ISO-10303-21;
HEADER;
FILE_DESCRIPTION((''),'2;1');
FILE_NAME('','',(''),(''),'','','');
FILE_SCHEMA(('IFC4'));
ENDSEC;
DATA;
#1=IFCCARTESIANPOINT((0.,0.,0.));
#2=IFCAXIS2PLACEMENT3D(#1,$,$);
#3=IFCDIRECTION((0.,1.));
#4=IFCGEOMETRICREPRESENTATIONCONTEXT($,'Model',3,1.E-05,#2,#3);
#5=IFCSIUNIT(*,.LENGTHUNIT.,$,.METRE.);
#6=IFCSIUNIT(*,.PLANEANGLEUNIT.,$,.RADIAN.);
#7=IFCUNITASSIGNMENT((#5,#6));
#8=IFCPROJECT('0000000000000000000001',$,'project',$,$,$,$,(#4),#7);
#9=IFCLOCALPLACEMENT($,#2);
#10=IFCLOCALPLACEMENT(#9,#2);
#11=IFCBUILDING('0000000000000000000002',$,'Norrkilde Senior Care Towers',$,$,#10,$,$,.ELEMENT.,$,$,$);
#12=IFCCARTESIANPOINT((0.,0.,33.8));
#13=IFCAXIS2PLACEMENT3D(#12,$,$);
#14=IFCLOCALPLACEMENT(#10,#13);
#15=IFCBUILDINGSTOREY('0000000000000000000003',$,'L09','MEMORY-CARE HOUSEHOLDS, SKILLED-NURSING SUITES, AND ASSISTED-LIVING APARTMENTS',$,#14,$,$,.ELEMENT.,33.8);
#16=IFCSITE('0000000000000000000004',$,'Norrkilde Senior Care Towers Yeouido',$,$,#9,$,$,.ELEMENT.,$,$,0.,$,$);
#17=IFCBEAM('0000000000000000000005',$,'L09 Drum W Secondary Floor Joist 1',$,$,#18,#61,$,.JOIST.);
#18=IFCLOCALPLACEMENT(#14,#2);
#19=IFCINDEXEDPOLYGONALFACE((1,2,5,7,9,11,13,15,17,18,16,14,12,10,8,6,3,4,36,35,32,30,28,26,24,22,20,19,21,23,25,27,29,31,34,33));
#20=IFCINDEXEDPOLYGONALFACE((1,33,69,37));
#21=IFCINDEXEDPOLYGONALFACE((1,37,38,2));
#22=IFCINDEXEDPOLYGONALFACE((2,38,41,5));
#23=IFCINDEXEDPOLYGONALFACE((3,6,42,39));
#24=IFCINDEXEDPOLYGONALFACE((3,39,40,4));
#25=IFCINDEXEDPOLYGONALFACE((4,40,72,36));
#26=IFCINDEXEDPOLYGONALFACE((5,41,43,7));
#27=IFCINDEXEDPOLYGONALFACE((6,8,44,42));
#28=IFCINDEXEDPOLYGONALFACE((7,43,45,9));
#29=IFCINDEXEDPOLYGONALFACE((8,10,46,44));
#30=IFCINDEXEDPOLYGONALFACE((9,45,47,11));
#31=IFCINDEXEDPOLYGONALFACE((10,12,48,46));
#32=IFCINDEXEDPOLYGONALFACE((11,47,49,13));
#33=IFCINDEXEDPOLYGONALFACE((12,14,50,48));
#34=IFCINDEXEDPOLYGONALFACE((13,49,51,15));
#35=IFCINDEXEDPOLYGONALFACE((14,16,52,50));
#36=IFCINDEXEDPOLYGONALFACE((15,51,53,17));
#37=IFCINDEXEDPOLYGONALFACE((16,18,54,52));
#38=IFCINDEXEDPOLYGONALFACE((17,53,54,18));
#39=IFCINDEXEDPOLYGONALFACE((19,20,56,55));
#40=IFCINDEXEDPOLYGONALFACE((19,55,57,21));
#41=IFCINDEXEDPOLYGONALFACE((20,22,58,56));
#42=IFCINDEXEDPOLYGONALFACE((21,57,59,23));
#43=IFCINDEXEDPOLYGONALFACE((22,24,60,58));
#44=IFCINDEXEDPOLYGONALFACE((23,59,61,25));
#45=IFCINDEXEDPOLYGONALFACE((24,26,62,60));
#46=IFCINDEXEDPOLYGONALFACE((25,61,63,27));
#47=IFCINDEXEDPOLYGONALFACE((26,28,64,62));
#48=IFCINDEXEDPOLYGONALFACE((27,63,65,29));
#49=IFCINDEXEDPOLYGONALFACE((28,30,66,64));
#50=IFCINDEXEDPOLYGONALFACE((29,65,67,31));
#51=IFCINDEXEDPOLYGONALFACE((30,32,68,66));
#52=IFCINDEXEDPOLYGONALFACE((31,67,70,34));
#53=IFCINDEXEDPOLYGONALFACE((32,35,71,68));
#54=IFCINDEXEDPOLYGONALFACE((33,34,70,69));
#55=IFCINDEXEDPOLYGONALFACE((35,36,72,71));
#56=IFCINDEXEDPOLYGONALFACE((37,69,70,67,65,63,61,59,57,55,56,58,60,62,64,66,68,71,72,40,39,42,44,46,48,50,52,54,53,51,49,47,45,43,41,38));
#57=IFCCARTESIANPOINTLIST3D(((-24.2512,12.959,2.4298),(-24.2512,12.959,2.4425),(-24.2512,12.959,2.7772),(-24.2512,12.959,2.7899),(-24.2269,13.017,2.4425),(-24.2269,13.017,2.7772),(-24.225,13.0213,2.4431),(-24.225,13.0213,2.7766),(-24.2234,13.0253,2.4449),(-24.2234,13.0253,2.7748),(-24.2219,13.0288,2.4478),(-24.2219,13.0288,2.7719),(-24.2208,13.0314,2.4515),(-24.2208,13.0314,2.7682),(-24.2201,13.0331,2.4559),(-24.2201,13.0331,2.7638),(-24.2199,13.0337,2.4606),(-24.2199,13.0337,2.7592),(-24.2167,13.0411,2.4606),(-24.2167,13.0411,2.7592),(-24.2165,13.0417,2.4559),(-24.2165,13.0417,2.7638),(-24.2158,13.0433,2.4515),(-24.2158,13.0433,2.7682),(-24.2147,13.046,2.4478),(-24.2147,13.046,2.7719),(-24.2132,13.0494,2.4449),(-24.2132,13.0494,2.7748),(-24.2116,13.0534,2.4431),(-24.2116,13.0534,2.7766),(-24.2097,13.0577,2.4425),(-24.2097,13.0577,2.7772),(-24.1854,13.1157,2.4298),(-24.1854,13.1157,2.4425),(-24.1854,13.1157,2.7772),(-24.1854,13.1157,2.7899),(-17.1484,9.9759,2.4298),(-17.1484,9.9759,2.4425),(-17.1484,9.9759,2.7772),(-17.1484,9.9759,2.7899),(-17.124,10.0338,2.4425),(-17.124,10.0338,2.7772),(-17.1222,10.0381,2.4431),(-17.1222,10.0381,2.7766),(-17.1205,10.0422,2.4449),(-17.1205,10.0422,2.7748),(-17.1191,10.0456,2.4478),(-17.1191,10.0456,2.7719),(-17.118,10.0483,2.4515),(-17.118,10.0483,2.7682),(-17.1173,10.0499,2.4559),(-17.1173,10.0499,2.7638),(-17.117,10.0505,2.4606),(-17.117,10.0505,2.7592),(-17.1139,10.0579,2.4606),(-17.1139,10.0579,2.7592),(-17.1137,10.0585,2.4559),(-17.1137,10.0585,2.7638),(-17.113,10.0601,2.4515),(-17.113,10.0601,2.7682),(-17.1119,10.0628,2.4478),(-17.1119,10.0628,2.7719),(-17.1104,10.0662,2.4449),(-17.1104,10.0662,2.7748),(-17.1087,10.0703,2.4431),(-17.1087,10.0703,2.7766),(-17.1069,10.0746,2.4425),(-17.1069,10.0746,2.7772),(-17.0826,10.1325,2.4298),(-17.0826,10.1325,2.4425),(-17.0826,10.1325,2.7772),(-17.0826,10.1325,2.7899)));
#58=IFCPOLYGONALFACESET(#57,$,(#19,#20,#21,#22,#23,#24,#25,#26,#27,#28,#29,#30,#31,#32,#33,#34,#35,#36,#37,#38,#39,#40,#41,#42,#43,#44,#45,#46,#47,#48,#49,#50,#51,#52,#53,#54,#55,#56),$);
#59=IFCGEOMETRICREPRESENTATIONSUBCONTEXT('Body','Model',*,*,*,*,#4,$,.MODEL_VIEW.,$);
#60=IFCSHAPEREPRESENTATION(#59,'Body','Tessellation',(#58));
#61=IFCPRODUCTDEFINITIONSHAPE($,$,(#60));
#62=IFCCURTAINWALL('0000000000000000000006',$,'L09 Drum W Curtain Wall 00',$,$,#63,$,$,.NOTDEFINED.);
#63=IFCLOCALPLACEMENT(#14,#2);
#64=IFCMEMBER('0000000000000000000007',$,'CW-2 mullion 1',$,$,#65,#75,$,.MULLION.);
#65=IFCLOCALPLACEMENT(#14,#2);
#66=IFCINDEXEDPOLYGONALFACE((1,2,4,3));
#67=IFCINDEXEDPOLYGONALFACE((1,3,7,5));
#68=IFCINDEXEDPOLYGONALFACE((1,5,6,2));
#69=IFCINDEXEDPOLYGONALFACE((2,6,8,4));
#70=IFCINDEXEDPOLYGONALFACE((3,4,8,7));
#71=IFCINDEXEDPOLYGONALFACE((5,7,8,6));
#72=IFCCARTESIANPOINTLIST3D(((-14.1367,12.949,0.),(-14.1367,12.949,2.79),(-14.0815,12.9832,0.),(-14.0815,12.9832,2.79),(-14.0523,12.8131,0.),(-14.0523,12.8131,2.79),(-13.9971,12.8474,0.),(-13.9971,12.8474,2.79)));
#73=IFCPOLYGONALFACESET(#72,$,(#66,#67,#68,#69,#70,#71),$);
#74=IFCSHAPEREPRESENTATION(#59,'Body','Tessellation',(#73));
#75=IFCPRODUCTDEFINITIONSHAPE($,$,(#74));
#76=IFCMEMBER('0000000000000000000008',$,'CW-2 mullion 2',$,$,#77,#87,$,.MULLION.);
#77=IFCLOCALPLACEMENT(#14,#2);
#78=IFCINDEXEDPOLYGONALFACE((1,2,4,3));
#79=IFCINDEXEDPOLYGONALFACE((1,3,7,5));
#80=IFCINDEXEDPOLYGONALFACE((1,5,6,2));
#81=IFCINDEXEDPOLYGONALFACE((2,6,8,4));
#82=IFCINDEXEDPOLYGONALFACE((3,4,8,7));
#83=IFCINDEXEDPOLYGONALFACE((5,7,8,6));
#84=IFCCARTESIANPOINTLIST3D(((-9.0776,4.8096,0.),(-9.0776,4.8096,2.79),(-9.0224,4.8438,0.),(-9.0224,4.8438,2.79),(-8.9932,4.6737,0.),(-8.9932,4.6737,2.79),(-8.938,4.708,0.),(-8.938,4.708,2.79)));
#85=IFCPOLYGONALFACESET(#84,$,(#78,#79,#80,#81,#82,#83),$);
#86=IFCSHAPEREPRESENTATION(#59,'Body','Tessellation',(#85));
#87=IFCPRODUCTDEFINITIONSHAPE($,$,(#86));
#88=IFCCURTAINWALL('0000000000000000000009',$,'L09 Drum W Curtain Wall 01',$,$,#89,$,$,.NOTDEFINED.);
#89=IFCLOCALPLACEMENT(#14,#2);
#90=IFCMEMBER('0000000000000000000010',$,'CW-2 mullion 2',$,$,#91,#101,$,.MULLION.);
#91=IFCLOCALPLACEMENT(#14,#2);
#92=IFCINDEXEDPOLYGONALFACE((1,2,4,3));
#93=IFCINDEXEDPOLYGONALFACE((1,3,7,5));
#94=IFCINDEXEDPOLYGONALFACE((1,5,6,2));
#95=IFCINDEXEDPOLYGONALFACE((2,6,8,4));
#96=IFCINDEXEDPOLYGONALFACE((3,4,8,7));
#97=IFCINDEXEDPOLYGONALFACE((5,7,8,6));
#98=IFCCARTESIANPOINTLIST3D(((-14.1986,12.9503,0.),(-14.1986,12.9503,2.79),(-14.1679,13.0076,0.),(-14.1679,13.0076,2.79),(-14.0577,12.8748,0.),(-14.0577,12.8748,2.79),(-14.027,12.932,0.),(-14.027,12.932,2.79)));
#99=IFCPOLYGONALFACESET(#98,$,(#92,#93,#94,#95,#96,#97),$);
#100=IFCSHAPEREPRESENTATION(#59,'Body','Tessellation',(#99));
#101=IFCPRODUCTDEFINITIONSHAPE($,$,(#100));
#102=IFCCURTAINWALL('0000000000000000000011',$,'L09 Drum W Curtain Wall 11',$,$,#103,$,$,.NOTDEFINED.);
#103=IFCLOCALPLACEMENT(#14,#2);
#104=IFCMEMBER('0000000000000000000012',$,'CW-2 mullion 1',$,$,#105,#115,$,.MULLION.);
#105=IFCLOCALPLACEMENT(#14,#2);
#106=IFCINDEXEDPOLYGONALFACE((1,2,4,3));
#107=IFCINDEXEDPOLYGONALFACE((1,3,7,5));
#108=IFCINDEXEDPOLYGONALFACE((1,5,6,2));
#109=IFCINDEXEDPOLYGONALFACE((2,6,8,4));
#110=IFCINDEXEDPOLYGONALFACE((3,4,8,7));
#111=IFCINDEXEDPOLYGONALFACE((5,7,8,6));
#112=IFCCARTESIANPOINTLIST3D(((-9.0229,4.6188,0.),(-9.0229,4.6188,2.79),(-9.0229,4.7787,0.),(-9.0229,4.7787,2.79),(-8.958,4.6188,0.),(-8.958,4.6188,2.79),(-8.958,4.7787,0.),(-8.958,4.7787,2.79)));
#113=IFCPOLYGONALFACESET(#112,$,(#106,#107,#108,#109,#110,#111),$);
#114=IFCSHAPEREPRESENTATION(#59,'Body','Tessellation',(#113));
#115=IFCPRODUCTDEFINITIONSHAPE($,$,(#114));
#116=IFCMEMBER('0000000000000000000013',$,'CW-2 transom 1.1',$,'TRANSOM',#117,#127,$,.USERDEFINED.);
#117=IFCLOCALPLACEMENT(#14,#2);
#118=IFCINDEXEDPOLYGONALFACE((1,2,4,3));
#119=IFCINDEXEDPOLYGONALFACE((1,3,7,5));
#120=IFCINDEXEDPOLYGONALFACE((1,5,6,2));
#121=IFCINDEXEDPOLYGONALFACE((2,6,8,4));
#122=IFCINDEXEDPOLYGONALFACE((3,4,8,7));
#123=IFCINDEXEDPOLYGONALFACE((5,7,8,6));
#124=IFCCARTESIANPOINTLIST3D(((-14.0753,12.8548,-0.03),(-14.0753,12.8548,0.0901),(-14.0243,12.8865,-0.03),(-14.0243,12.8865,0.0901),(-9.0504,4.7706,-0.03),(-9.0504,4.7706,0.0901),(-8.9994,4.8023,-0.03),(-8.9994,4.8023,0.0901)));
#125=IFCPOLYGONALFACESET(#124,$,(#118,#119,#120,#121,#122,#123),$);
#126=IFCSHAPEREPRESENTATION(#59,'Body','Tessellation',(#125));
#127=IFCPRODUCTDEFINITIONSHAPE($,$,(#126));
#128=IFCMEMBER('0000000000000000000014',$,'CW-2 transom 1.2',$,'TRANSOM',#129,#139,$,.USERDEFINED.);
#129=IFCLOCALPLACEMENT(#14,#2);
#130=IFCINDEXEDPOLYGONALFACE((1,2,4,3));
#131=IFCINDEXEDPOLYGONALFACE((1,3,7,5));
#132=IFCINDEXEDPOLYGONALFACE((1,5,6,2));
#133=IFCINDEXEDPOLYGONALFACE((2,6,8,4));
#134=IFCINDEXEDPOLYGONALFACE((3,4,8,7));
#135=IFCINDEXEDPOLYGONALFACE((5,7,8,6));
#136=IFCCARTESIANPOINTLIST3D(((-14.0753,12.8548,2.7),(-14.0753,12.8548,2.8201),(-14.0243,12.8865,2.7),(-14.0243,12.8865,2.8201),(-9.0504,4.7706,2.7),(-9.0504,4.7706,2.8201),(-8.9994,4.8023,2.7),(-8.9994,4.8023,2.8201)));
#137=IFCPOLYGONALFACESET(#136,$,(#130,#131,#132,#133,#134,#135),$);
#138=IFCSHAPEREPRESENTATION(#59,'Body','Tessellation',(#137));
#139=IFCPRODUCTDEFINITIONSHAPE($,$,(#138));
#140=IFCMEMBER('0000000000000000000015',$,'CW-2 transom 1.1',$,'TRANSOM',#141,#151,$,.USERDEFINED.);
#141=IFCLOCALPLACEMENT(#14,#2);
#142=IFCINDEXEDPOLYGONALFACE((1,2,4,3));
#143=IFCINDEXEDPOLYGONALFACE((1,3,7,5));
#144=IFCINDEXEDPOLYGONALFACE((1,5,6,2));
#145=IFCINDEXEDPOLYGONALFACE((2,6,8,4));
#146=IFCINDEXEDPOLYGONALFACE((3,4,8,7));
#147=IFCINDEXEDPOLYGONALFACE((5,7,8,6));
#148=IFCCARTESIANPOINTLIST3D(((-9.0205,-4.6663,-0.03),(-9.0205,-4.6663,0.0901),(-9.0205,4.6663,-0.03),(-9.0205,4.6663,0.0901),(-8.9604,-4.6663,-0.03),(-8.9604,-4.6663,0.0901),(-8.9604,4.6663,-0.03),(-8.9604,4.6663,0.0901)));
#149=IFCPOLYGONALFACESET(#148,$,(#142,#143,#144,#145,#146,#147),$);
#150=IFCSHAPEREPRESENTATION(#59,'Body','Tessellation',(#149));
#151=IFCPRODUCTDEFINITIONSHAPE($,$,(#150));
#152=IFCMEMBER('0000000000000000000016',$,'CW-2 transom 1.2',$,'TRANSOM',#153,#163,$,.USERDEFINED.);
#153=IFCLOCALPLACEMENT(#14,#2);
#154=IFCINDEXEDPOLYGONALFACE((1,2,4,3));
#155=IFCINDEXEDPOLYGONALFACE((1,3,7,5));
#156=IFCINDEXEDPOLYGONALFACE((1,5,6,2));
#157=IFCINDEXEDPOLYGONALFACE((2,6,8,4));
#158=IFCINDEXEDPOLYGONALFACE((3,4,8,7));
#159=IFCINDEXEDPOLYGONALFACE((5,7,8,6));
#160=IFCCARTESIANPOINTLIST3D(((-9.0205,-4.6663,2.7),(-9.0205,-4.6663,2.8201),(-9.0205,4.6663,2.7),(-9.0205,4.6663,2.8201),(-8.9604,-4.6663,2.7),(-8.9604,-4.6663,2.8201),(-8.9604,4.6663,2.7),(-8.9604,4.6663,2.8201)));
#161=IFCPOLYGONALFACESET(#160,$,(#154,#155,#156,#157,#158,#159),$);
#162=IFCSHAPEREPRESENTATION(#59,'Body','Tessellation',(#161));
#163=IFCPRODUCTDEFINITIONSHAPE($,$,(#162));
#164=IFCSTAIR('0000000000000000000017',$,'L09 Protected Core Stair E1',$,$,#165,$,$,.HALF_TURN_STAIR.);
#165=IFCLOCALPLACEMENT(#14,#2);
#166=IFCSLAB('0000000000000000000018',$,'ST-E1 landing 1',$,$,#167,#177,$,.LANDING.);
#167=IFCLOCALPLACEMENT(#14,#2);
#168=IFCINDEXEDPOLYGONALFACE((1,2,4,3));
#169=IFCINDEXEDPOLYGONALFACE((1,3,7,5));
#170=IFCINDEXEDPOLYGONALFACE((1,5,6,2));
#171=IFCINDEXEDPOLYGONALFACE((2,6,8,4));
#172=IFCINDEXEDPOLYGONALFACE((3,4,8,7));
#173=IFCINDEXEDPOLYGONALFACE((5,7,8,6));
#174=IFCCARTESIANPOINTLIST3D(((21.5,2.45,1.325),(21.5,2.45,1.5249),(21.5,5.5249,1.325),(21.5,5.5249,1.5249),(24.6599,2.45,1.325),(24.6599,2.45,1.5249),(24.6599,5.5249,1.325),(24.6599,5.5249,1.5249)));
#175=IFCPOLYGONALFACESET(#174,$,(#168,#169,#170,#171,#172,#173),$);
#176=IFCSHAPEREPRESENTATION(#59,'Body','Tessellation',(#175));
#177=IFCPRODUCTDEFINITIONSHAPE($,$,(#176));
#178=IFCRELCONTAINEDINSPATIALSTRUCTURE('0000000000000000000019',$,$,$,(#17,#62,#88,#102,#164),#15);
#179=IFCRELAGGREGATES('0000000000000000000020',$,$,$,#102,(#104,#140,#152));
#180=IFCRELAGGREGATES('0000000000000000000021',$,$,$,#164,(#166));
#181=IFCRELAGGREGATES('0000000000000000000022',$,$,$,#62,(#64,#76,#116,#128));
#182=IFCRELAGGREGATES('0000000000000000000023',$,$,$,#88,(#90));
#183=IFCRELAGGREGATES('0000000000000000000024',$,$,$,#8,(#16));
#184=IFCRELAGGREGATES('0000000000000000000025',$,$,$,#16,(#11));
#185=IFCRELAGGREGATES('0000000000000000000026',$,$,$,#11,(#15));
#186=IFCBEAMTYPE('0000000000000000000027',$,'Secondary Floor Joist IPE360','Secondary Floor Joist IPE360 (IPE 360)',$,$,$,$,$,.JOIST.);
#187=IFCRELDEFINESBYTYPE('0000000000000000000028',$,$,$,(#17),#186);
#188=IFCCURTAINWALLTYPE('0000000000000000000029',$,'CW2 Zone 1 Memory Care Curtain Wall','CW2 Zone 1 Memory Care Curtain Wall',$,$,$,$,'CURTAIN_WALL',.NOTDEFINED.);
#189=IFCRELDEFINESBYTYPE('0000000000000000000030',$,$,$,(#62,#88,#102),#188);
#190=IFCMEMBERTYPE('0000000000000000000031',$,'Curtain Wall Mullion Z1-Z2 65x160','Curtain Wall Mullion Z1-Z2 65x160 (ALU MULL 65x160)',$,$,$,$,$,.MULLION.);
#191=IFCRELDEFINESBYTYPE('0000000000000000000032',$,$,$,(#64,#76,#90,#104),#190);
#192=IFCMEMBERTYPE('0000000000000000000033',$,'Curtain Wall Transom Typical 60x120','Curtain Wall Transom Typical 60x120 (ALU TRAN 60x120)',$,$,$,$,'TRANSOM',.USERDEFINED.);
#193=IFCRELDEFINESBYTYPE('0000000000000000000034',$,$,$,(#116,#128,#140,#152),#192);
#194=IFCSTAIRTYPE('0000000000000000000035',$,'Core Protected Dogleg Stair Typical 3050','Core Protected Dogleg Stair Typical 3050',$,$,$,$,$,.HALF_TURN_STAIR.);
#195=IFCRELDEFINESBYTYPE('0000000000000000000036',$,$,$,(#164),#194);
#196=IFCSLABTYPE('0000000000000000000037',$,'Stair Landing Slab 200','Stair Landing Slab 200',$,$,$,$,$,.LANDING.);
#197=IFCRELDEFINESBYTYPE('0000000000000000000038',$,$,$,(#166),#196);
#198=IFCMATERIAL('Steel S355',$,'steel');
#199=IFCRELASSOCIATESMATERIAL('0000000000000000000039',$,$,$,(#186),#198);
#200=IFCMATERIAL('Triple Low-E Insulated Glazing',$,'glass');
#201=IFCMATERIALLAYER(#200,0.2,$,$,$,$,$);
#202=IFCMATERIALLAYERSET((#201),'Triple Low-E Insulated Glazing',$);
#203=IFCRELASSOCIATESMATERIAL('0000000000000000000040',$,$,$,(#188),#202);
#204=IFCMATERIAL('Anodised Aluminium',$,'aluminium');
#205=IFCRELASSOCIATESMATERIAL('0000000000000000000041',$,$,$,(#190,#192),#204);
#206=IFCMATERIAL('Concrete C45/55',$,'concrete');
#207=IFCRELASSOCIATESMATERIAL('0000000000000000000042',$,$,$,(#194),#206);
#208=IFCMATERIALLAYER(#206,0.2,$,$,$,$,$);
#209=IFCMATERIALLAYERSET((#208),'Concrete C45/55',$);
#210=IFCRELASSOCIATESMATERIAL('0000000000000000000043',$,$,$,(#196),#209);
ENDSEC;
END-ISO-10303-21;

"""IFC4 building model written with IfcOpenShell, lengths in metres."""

from ifc_helpers import new_model, si_unit, direction, frame, origin, origin_2d, place, context, subcontext, project, spatial, polyline, rectangle, i_section, outline, extrude, source, transform, mapped, material, layer, layer_set, material_profile, profile_set, type_object, type_shapes, element, aggregate, save


model = new_model("IFC4")

# Units and contexts
model_context = context("Model", 3, precision=1e-05, world=origin(), true_north=direction((0.0, 1.0)))
body_context = subcontext(model_context, "Body", "Model", "MODEL_VIEW")
ifc_project = project(units=[si_unit("LENGTHUNIT", "METRE"), si_unit("PLANEANGLEUNIT", "RADIAN")], contexts=[model_context])

# Site, building, storey
site_placement = place(None, origin())
site = spatial("IfcSite", under=ifc_project, at=site_placement, Name="Norrkilde Senior Care Towers Yeouido", CompositionType="ELEMENT", RefElevation=0.0)
building_placement = place(site_placement, origin())
building = spatial("IfcBuilding", under=site, at=building_placement, Name="Norrkilde Senior Care Towers", CompositionType="ELEMENT")
storey_placement = place(building_placement, frame((0.0, 0.0, 33.8)))
storey = spatial("IfcBuildingStorey", under=building, at=storey_placement, Name="L09", Description="MEMORY-CARE HOUSEHOLDS, SKILLED-NURSING SUITES, AND ASSISTED-LIVING APARTMENTS", CompositionType="ELEMENT", Elevation=33.8)

# Beam
ifc_material_1 = material(Name="Steel S355", Category="steel")
ifc_material_profile_1 = material_profile(ifc_material_1, i_section(OverallWidth=0.1699, OverallDepth=0.3601, WebThickness=0.0081, FlangeThickness=0.0127, FilletRadius=0.0181, at=origin_2d()), Name="IPE 360")
ifc_profile_set_1 = profile_set([ifc_material_profile_1], Name="Steel S355")
beam_type_1 = type_object("IfcBeamType", Name="Secondary Floor Joist IPE360", Description="Secondary Floor Joist IPE360 (IPE 360)", PredefinedType="JOIST", material=ifc_profile_set_1)
shared_shape_1 = source(origin(), body_context, "Body", "SweptSolid", [
    extrude(i_section(OverallWidth=0.1699, OverallDepth=0.3601, WebThickness=0.0081, FlangeThickness=0.0127, FilletRadius=0.0181, at=origin_2d()), origin(), (0.0, 0.0, 1.0), 7.7039),
])
type_shapes(beam_type_1, [shared_shape_1])
beam_1_placement = place(storey_placement, frame((-17.1155, 10.0542, 2.6099), z_axis=(-0.921983, 0.387231, 0.0), x_axis=(-0.387231, -0.921983, 0.0)))
element("IfcBeam", 1, at=beam_1_placement, inside=storey, type_object=beam_type_1, Name="L09 Drum W Secondary Floor Joist 1", PredefinedType="JOIST", context=body_context, shape_type="MappedRepresentation", body=[
    mapped(shared_shape_1, transform((0.0, 0.0, 0.0), x_axis=(1.0, 0.0, 0.0), y_axis=(0.0, 1.0, 0.0), z_axis=(0.0, 0.0, 1.0), scale=1.0)),
])

# Curtain wall, members
ifc_material_2 = material(Name="Triple Low-E Insulated Glazing", Category="glass")
ifc_layer_1 = layer(ifc_material_2, 0.2)
ifc_layer_set_1 = layer_set([ifc_layer_1], Name="Triple Low-E Insulated Glazing")
curtain_wall_type = type_object("IfcCurtainWallType", Name="CW2 Zone 1 Memory Care Curtain Wall", Description="CW2 Zone 1 Memory Care Curtain Wall", ElementType="CURTAIN_WALL", PredefinedType="NOTDEFINED", material=ifc_layer_set_1)
curtain_wall_1_placement = place(storey_placement, origin())
curtain_wall_1 = element("IfcCurtainWall", 2, at=curtain_wall_1_placement, inside=storey, type_object=curtain_wall_type, Name="L09 Drum W Curtain Wall 00", PredefinedType="NOTDEFINED")
ifc_material_3 = material(Name="Anodised Aluminium", Category="aluminium")
ifc_material_profile_2 = material_profile(ifc_material_3, rectangle(XDim=0.0649, YDim=0.1599, at=origin_2d()), Name="ALU MULL 65x160")
ifc_profile_set_2 = profile_set([ifc_material_profile_2], Name="Anodised Aluminium")
member_type_1 = type_object("IfcMemberType", Name="Curtain Wall Mullion Z1-Z2 65x160", Description="Curtain Wall Mullion Z1-Z2 65x160 (ALU MULL 65x160)", PredefinedType="MULLION", material=ifc_profile_set_2)
shared_shape_2 = source(origin(), body_context, "Body", "SweptSolid", [
    extrude(rectangle(XDim=0.0649, YDim=0.1599, at=origin_2d()), origin(), (0.0, 0.0, 1.0), 2.79),
])
type_shapes(member_type_1, [shared_shape_2])
member_1_placement = place(storey_placement, frame((-14.0669, 12.8982, 0.0), z_axis=(0.0, 0.0, 1.0), x_axis=(0.849306, 0.527901, 0.0)))
member_1 = element("IfcMember", 3, at=member_1_placement, type_object=member_type_1, Name="CW-2 mullion 1", PredefinedType="MULLION", context=body_context, shape_type="MappedRepresentation", body=[
    mapped(shared_shape_2, transform((0.0, 0.0, 0.0), x_axis=(1.0, 0.0, 0.0), y_axis=(0.0, 1.0, 0.0), z_axis=(0.0, 0.0, 1.0), scale=1.0)),
])
member_2_placement = place(storey_placement, frame((-9.0078, 4.7588, 0.0), z_axis=(0.0, 0.0, 1.0), x_axis=(0.849306, 0.527901, 0.0)))
member_2 = element("IfcMember", 4, at=member_2_placement, type_object=member_type_1, Name="CW-2 mullion 2", PredefinedType="MULLION", context=body_context, shape_type="MappedRepresentation", body=[
    mapped(shared_shape_2, transform((0.0, 0.0, 0.0), x_axis=(1.0, 0.0, 0.0), y_axis=(0.0, 1.0, 0.0), z_axis=(0.0, 0.0, 1.0), scale=1.0)),
])

# Curtain walls, members
curtain_wall_2_placement = place(storey_placement, origin())
curtain_wall_2 = element("IfcCurtainWall", 5, at=curtain_wall_2_placement, inside=storey, type_object=curtain_wall_type, Name="L09 Drum W Curtain Wall 01", PredefinedType="NOTDEFINED")
member_3_placement = place(storey_placement, frame((-14.1128, 12.9412, 0.0), z_axis=(0.0, 0.0, 1.0), x_axis=(0.472608, 0.881273, 0.0)))
member_3 = element("IfcMember", 6, at=member_3_placement, type_object=member_type_1, Name="CW-2 mullion 2", PredefinedType="MULLION", context=body_context, shape_type="MappedRepresentation", body=[
    mapped(shared_shape_2, transform((0.0, 0.0, 0.0), x_axis=(1.0, 0.0, 0.0), y_axis=(0.0, 1.0, 0.0), z_axis=(0.0, 0.0, 1.0), scale=1.0)),
])
curtain_wall_3_placement = place(storey_placement, origin())
curtain_wall_3 = element("IfcCurtainWall", 7, at=curtain_wall_3_placement, inside=storey, type_object=curtain_wall_type, Name="L09 Drum W Curtain Wall 11", PredefinedType="NOTDEFINED")
member_4_placement = place(storey_placement, frame((-8.9905, 4.6987, 0.0), z_axis=(0.0, 0.0, 1.0), x_axis=(1.0, 0.0, 0.0)))
member_4 = element("IfcMember", 8, at=member_4_placement, type_object=member_type_1, Name="CW-2 mullion 1", PredefinedType="MULLION", context=body_context, shape_type="MappedRepresentation", body=[
    mapped(shared_shape_2, transform((0.0, 0.0, 0.0), x_axis=(1.0, 0.0, 0.0), y_axis=(0.0, 1.0, 0.0), z_axis=(0.0, 0.0, 1.0), scale=1.0)),
])

# Members
ifc_material_profile_3 = material_profile(ifc_material_3, rectangle(XDim=0.0601, YDim=0.1201, at=origin_2d()), Name="ALU TRAN 60x120")
ifc_profile_set_3 = profile_set([ifc_material_profile_3], Name="Anodised Aluminium")
member_type_2 = type_object("IfcMemberType", Name="Curtain Wall Transom Typical 60x120", Description="Curtain Wall Transom Typical 60x120 (ALU TRAN 60x120)", ElementType="TRANSOM", PredefinedType="USERDEFINED", material=ifc_profile_set_3)
shared_shape_3 = source(origin(), body_context, "Body", "SweptSolid", [
    extrude(rectangle(XDim=0.0601, YDim=0.1201, at=origin_2d()), origin(), (0.0, 0.0, 1.0), 9.5186),
])
member_5_placement = place(storey_placement, frame((-14.0498, 12.8706, 0.03), z_axis=(0.527902, -0.849306, 0.0), x_axis=(0.849306, 0.527902, 0.0)))
member_5 = element("IfcMember", 9, at=member_5_placement, type_object=member_type_2, Name="CW-2 transom 1.1", ObjectType="TRANSOM", PredefinedType="USERDEFINED", context=body_context, shape_type="MappedRepresentation", body=[
    mapped(shared_shape_3, transform((0.0, 0.0, 0.0), x_axis=(1.0, 0.0, 0.0), y_axis=(0.0, 1.0, 0.0), z_axis=(0.0, 0.0, 1.0), scale=1.0)),
])
member_6_placement = place(storey_placement, frame((-14.0498, 12.8706, 2.76), z_axis=(0.527902, -0.849306, 0.0), x_axis=(0.849306, 0.527902, 0.0)))
member_6 = element("IfcMember", 10, at=member_6_placement, type_object=member_type_2, Name="CW-2 transom 1.2", ObjectType="TRANSOM", PredefinedType="USERDEFINED", context=body_context, shape_type="MappedRepresentation", body=[
    mapped(shared_shape_3, transform((0.0, 0.0, 0.0), x_axis=(1.0, 0.0, 0.0), y_axis=(0.0, 1.0, 0.0), z_axis=(0.0, 0.0, 1.0), scale=1.0)),
])
shared_shape_4 = source(origin(), body_context, "Body", "SweptSolid", [
    extrude(rectangle(XDim=0.0601, YDim=0.1201, at=origin_2d()), origin(), (0.0, 0.0, 1.0), 9.3325),
])
type_shapes(member_type_2, [shared_shape_3, shared_shape_4])
member_7_placement = place(storey_placement, frame((-8.9905, 4.6663, 0.03), z_axis=(0.0, -1.0, 0.0), x_axis=(1.0, 0.0, 0.0)))
member_7 = element("IfcMember", 11, at=member_7_placement, type_object=member_type_2, Name="CW-2 transom 1.1", ObjectType="TRANSOM", PredefinedType="USERDEFINED", context=body_context, shape_type="MappedRepresentation", body=[
    mapped(shared_shape_4, transform((0.0, 0.0, 0.0), x_axis=(1.0, 0.0, 0.0), y_axis=(0.0, 1.0, 0.0), z_axis=(0.0, 0.0, 1.0), scale=1.0)),
])
member_8_placement = place(storey_placement, frame((-8.9905, 4.6663, 2.76), z_axis=(0.0, -1.0, 0.0), x_axis=(1.0, 0.0, 0.0)))
member_8 = element("IfcMember", 12, at=member_8_placement, type_object=member_type_2, Name="CW-2 transom 1.2", ObjectType="TRANSOM", PredefinedType="USERDEFINED", context=body_context, shape_type="MappedRepresentation", body=[
    mapped(shared_shape_4, transform((0.0, 0.0, 0.0), x_axis=(1.0, 0.0, 0.0), y_axis=(0.0, 1.0, 0.0), z_axis=(0.0, 0.0, 1.0), scale=1.0)),
])
aggregate(curtain_wall_3, [member_4, member_7, member_8])

# Stair, slab
ifc_material_4 = material(Name="Concrete C45/55", Category="concrete")
stair_type = type_object("IfcStairType", Name="Core Protected Dogleg Stair Typical 3050", Description="Core Protected Dogleg Stair Typical 3050", PredefinedType="HALF_TURN_STAIR", material=ifc_material_4)
stair_placement = place(storey_placement, origin())
stair = element("IfcStair", 13, at=stair_placement, inside=storey, type_object=stair_type, Name="L09 Protected Core Stair E1", PredefinedType="HALF_TURN_STAIR")
ifc_layer_2 = layer(ifc_material_4, 0.2)
ifc_layer_set_2 = layer_set([ifc_layer_2], Name="Concrete C45/55")
slab_type = type_object("IfcSlabType", Name="Stair Landing Slab 200", Description="Stair Landing Slab 200", PredefinedType="LANDING", material=ifc_layer_set_2)
slab_placement = place(storey_placement, frame((0.0, 0.0, 1.325)))
slab = element("IfcSlab", 14, at=slab_placement, type_object=slab_type, Name="ST-E1 landing 1", PredefinedType="LANDING", context=body_context, shape_type="SweptSolid", body=[
    extrude(outline(polyline([(24.6599, 5.5249), (21.5, 5.5249), (21.5, 2.45), (24.6599, 2.45), (24.6599, 5.5249)])), origin(), (0.0, 0.0, 1.0), 0.2),
])
aggregate(stair, [slab])

aggregate(curtain_wall_1, [member_1, member_2, member_5, member_6])
aggregate(curtain_wall_2, [member_3])

save(model, "model.ifc")
